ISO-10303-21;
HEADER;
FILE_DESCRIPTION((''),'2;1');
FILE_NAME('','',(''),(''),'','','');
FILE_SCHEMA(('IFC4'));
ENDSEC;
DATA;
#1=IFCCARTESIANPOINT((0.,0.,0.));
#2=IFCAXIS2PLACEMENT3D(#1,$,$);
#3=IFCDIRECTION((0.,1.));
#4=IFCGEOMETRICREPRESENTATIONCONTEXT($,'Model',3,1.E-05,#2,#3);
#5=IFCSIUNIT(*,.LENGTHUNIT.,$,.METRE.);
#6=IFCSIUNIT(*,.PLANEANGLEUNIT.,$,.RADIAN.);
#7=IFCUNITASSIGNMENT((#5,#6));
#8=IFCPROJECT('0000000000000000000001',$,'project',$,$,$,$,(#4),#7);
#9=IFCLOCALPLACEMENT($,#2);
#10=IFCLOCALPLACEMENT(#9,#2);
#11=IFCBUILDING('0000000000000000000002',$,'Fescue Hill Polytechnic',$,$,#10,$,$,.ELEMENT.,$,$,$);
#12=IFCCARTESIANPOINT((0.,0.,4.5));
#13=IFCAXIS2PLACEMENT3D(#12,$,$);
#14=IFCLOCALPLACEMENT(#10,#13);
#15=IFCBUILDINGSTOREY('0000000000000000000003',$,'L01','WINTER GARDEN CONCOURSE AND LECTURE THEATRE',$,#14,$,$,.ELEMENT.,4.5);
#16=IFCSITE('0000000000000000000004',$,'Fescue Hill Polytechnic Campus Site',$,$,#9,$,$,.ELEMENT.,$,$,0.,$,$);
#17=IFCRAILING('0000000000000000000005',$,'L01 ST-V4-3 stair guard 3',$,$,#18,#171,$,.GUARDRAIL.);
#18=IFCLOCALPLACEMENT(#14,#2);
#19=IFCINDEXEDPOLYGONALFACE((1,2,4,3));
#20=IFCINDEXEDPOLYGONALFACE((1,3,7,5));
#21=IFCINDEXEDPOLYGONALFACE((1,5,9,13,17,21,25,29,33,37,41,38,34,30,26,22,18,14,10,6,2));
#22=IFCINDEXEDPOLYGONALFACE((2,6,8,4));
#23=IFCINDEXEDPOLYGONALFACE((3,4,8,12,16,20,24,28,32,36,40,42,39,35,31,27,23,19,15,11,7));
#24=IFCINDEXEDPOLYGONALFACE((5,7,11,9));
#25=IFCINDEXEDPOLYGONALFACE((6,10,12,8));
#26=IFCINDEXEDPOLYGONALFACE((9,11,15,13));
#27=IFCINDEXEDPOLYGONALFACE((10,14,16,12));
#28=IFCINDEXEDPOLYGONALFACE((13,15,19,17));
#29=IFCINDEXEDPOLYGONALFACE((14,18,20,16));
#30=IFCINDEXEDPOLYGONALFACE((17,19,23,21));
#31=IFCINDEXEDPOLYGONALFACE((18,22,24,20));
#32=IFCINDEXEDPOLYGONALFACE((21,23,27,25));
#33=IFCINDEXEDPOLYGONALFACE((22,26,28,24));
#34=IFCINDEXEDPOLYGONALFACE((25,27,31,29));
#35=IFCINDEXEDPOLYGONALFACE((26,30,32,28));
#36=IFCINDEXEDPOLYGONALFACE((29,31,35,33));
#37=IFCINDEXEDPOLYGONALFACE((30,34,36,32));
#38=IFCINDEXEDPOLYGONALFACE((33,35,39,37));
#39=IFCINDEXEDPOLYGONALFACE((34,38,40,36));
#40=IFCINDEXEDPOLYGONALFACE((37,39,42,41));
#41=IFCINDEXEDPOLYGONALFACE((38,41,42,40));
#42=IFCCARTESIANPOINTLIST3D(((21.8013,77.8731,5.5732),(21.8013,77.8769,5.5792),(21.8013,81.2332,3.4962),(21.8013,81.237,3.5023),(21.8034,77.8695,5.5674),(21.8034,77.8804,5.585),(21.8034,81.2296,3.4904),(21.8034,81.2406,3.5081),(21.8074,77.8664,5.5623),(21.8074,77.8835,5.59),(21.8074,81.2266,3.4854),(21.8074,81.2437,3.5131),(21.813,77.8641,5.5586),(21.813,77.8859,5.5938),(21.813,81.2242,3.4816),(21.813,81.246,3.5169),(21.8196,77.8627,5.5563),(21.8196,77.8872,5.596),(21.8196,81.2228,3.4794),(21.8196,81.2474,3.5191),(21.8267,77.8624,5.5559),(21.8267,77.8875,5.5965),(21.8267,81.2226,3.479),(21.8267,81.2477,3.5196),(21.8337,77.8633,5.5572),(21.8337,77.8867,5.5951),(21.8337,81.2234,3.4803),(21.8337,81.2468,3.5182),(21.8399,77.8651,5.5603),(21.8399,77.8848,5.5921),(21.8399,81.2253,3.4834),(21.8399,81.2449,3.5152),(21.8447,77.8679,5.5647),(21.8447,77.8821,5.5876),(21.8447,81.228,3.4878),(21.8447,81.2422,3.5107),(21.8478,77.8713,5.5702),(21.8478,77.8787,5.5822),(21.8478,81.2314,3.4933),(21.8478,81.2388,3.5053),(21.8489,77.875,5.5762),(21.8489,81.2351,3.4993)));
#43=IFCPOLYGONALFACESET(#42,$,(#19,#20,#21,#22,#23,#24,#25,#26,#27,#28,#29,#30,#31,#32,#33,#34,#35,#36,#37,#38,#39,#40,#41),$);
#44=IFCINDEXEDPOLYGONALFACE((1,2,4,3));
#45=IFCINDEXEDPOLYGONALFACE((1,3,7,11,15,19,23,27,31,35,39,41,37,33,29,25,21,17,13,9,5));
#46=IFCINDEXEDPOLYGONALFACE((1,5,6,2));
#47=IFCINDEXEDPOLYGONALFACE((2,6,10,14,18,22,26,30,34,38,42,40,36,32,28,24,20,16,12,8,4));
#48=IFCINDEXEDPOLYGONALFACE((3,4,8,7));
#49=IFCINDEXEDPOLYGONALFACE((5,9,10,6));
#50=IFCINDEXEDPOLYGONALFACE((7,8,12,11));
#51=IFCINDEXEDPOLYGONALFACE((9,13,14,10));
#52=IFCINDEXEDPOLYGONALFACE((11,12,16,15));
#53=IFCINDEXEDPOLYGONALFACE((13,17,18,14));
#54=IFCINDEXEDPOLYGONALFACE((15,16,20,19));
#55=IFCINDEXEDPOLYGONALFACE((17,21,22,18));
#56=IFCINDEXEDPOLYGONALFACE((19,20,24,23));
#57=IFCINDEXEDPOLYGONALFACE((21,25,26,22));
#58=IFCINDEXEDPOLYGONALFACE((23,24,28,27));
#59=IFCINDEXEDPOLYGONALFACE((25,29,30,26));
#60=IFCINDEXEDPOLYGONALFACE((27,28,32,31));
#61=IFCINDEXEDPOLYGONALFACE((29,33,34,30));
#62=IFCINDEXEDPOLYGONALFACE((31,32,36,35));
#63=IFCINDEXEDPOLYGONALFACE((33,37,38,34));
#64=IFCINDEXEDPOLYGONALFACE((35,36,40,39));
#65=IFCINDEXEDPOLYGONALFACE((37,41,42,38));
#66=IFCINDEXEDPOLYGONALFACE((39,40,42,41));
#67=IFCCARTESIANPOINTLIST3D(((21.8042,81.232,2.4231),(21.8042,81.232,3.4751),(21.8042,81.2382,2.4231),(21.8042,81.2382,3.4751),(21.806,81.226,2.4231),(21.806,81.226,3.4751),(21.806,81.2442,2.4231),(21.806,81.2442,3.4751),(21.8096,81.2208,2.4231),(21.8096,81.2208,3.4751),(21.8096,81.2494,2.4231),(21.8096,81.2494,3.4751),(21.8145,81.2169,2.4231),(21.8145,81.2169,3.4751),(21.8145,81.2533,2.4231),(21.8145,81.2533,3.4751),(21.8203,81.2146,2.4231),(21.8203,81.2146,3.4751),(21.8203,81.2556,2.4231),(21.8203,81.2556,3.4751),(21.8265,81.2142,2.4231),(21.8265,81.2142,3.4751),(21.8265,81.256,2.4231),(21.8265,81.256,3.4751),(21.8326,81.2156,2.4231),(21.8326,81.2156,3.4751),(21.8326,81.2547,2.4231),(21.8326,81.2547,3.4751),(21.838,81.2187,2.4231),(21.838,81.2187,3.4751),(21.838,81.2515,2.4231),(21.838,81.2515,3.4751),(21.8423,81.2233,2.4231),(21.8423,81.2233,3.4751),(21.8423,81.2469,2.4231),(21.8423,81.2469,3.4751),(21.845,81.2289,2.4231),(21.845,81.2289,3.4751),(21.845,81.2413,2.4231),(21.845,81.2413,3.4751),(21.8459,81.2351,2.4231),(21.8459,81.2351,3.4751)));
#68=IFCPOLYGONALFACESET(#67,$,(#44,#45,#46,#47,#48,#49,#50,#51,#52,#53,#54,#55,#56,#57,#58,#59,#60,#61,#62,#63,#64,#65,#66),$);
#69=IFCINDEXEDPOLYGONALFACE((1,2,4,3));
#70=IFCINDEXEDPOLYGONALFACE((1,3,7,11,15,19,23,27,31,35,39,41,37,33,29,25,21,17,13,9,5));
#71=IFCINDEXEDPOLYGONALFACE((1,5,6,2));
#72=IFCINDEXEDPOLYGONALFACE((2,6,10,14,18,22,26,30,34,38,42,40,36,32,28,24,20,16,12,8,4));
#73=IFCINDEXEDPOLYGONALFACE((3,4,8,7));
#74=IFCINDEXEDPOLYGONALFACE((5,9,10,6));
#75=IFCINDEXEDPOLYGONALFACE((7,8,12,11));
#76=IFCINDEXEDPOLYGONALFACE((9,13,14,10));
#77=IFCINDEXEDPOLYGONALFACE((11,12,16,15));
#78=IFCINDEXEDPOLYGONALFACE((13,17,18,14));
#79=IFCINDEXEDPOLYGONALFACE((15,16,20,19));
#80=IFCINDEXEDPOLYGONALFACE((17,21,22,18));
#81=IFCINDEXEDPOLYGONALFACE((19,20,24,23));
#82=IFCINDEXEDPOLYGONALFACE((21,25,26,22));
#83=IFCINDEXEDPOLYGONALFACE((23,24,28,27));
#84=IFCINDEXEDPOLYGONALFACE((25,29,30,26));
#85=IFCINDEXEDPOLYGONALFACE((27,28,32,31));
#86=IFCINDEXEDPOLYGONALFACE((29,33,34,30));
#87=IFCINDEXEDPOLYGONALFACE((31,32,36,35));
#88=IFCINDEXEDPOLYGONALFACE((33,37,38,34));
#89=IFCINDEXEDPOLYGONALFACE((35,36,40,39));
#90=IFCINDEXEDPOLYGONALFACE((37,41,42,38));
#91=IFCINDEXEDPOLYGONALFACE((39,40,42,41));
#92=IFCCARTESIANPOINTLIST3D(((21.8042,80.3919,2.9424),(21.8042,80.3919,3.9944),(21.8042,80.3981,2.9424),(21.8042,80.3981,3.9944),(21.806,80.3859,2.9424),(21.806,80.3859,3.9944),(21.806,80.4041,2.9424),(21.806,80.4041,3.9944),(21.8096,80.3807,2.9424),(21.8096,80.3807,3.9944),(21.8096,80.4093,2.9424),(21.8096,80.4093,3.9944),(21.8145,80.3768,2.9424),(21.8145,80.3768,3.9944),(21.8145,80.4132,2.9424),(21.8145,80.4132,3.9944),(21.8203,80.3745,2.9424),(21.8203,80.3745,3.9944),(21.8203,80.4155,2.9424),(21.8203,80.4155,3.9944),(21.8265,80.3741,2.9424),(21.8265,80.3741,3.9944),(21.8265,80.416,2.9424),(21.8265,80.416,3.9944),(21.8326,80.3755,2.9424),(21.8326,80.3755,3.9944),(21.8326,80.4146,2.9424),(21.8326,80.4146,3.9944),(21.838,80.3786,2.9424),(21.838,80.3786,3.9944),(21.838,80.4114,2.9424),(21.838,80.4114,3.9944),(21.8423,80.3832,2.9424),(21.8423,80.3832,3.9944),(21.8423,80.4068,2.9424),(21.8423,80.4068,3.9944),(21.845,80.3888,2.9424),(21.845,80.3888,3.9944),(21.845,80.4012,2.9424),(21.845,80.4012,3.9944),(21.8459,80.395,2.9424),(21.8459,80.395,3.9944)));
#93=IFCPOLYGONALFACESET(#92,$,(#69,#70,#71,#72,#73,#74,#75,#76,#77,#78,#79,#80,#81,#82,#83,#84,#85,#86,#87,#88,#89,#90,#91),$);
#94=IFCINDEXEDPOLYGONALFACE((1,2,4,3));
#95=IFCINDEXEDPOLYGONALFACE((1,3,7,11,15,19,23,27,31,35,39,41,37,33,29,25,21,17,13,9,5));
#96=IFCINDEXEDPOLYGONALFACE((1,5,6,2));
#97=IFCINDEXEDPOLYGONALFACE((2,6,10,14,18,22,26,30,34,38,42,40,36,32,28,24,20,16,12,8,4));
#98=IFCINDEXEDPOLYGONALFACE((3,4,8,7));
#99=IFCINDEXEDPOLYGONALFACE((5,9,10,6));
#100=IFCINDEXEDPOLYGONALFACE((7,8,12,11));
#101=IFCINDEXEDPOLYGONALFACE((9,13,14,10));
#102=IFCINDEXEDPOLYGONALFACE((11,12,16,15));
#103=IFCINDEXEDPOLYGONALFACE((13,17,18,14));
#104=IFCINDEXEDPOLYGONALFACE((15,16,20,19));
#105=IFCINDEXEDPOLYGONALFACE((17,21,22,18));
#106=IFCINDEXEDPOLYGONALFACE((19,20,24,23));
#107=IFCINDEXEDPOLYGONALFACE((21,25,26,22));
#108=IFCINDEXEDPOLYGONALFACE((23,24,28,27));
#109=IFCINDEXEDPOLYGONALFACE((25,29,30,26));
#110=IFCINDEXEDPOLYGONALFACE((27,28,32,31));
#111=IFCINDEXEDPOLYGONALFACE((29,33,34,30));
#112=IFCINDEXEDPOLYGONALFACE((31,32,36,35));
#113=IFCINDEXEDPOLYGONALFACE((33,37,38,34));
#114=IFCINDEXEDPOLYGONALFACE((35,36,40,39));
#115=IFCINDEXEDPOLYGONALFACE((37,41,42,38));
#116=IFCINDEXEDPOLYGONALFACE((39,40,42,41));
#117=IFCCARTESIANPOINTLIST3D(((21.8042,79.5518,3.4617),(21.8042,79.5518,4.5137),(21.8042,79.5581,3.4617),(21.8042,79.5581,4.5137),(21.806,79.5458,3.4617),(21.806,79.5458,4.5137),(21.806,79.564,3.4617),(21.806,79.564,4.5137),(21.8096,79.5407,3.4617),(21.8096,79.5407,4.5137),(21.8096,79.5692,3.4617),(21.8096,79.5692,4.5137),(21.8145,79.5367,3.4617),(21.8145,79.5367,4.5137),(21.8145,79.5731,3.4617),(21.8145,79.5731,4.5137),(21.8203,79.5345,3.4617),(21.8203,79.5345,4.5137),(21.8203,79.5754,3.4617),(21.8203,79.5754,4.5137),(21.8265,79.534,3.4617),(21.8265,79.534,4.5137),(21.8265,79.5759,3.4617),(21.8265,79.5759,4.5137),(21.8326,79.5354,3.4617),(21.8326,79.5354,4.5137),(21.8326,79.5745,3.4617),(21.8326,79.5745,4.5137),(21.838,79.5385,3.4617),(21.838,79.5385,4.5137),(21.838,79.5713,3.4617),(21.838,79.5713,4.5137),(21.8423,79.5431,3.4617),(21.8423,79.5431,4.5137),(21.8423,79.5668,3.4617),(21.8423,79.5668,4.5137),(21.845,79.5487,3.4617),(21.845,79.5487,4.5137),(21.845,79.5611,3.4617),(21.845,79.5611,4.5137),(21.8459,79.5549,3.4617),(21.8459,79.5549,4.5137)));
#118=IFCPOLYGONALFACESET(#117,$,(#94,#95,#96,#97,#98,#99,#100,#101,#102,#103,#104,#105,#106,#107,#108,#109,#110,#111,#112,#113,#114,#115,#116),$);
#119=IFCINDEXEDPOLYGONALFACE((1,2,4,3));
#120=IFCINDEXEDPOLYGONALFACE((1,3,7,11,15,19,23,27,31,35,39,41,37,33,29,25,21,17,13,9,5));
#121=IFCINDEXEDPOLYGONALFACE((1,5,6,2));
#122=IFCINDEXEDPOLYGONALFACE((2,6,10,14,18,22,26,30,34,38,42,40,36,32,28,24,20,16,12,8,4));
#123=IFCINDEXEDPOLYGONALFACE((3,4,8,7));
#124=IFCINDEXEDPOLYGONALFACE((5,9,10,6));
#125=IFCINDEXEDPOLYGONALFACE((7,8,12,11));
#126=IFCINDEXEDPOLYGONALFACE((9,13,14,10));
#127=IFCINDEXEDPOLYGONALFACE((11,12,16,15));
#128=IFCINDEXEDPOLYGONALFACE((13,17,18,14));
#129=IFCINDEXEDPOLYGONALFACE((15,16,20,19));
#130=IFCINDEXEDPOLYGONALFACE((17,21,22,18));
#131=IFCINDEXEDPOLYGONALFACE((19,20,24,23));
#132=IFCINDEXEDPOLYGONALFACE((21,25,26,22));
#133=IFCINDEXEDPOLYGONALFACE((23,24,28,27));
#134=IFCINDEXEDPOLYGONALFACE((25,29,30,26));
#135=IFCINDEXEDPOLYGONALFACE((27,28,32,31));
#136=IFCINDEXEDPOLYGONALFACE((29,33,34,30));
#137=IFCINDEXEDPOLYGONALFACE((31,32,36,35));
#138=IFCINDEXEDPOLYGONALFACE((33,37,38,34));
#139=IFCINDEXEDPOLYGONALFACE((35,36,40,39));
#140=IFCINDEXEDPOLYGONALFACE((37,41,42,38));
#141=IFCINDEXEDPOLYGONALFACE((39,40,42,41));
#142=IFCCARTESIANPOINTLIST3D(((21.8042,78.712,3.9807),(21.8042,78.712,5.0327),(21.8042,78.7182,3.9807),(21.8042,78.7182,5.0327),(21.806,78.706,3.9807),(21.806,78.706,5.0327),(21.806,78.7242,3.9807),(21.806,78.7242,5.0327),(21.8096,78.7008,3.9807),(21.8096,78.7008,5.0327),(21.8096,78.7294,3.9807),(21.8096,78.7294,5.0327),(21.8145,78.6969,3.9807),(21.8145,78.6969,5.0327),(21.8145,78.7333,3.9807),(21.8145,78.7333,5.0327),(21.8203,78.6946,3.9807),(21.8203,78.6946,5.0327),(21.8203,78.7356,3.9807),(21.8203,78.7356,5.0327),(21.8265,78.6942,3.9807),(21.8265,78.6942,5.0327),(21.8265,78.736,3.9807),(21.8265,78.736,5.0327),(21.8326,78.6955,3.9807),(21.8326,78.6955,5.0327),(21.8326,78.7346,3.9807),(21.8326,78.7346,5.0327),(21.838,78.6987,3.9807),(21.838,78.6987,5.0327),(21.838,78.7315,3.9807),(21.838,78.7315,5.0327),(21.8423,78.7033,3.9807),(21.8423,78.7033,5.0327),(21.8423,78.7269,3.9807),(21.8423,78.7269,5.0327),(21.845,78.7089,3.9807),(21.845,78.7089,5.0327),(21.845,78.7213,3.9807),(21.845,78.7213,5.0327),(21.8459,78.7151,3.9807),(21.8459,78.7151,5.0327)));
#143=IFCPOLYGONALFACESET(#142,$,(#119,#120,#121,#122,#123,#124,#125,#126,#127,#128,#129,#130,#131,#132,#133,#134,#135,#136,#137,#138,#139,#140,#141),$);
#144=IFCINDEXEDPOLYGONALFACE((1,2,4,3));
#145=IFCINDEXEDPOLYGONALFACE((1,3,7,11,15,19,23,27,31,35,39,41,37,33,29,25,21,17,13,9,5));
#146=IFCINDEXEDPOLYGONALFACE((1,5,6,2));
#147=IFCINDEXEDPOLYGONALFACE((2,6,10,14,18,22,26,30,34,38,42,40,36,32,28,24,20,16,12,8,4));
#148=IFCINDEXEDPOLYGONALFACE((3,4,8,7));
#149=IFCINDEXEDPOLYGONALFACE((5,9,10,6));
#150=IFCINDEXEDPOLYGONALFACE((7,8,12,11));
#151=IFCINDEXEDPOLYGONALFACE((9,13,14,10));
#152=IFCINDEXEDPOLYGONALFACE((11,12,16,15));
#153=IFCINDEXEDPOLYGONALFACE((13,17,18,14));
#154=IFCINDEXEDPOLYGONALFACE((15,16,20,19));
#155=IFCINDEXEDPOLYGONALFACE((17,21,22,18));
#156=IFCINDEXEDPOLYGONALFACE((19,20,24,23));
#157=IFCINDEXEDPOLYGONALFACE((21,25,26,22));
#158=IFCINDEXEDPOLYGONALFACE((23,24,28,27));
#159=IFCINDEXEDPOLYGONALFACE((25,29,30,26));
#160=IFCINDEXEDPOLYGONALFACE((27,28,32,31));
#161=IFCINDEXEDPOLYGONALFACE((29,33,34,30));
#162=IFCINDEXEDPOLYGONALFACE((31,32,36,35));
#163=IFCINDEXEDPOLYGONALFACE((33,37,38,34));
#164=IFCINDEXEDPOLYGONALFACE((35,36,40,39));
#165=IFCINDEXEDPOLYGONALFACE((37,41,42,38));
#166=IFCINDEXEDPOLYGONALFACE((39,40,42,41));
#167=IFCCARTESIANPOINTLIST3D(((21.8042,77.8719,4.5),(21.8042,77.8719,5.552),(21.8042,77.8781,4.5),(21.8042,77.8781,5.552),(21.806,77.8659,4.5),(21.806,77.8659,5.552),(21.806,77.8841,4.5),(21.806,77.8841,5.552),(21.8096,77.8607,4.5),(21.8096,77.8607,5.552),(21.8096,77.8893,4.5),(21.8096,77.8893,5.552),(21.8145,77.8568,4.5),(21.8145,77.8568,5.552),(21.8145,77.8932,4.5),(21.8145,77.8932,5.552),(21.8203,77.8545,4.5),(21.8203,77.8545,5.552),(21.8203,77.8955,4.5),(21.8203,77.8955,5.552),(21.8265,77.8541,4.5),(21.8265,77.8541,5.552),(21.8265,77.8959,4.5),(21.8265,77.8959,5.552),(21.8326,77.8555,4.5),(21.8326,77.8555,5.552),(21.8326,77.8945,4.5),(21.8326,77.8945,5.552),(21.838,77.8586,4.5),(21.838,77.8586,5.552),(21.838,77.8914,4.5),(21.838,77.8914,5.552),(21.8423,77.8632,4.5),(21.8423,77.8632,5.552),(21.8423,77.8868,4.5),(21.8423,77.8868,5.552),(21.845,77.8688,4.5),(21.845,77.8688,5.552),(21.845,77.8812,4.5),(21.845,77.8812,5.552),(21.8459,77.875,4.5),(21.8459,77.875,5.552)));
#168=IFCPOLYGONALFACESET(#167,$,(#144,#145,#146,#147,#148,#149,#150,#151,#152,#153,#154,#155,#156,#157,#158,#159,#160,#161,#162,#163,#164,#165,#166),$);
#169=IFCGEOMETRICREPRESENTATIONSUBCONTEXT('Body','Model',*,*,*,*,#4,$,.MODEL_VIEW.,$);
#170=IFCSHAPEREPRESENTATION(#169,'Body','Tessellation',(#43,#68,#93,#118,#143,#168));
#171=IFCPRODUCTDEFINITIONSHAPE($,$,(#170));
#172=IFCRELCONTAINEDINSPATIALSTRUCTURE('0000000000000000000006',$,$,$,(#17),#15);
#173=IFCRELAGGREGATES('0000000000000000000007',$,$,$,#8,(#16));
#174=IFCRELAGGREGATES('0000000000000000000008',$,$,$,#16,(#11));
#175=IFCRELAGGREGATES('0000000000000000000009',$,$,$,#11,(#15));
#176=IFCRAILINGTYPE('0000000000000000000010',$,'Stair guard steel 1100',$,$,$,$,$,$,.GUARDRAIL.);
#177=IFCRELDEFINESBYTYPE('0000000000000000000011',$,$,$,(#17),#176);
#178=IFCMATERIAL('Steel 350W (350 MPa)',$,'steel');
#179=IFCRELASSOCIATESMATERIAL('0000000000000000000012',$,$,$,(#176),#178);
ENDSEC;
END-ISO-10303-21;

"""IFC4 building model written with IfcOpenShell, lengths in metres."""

from ifc_helpers import new_model, si_unit, direction, frame, origin, origin_2d, place, context, subcontext, project, spatial, circle, extrude, material, type_object, element, save


model = new_model("IFC4")

# Units and contexts
model_context = context("Model", 3, precision=1e-05, world=origin(), true_north=direction((0.0, 1.0)))
body_context = subcontext(model_context, "Body", "Model", "MODEL_VIEW")
ifc_project = project(units=[si_unit("LENGTHUNIT", "METRE"), si_unit("PLANEANGLEUNIT", "RADIAN")], contexts=[model_context])

# Site, building, storey
site_placement = place(None, origin())
site = spatial("IfcSite", under=ifc_project, at=site_placement, Name="Fescue Hill Polytechnic Campus Site", CompositionType="ELEMENT", RefElevation=0.0)
building_placement = place(site_placement, origin())
building = spatial("IfcBuilding", under=site, at=building_placement, Name="Fescue Hill Polytechnic", CompositionType="ELEMENT")
storey_placement = place(building_placement, frame((0.0, 0.0, 4.5)))
storey = spatial("IfcBuildingStorey", under=building, at=storey_placement, Name="L01", Description="WINTER GARDEN CONCOURSE AND LECTURE THEATRE", CompositionType="ELEMENT", Elevation=4.5)

# Railing
ifc_material_1 = material(Name="Steel 350W (350 MPa)", Category="steel")
railing_type_1 = type_object("IfcRailingType", Name="Stair guard steel 1100", PredefinedType="GUARDRAIL", material=ifc_material_1)
railing_placement = place(storey_placement, frame((21.825, 81.2351, 2.4231)))
element("IfcRailing", 1, at=railing_placement, inside=storey, type_object=railing_type_1, Name="L01 ST-V4-3 stair guard 3", PredefinedType="GUARDRAIL", context=body_context, shape_type="SweptSolid", body=[
    extrude(circle(Radius=0.0239, at=origin_2d()), frame((0.0, 0.0, 1.0762), z_axis=(0.0, -0.850623, 0.525776), x_axis=(1.0, 0.0, 0.0)), (0.0, 0.0, 1.0), 3.9502),
    extrude(circle(Radius=0.021, at=origin_2d()), origin(), (0.0, 0.0, 1.0), 1.052),
    extrude(circle(Radius=0.021, at=origin_2d()), frame((0.0, -0.8401, 0.5193)), (0.0, 0.0, 1.0), 1.052),
    extrude(circle(Radius=0.021, at=origin_2d()), frame((0.0, -1.6802, 1.0386)), (0.0, 0.0, 1.0), 1.052),
    extrude(circle(Radius=0.021, at=origin_2d()), frame((0.0, -2.52, 1.5576)), (0.0, 0.0, 1.0), 1.052),
    extrude(circle(Radius=0.021, at=origin_2d()), frame((0.0, -3.3601, 2.0769)), (0.0, 0.0, 1.0), 1.052),
])

save(model, "model.ifc")
